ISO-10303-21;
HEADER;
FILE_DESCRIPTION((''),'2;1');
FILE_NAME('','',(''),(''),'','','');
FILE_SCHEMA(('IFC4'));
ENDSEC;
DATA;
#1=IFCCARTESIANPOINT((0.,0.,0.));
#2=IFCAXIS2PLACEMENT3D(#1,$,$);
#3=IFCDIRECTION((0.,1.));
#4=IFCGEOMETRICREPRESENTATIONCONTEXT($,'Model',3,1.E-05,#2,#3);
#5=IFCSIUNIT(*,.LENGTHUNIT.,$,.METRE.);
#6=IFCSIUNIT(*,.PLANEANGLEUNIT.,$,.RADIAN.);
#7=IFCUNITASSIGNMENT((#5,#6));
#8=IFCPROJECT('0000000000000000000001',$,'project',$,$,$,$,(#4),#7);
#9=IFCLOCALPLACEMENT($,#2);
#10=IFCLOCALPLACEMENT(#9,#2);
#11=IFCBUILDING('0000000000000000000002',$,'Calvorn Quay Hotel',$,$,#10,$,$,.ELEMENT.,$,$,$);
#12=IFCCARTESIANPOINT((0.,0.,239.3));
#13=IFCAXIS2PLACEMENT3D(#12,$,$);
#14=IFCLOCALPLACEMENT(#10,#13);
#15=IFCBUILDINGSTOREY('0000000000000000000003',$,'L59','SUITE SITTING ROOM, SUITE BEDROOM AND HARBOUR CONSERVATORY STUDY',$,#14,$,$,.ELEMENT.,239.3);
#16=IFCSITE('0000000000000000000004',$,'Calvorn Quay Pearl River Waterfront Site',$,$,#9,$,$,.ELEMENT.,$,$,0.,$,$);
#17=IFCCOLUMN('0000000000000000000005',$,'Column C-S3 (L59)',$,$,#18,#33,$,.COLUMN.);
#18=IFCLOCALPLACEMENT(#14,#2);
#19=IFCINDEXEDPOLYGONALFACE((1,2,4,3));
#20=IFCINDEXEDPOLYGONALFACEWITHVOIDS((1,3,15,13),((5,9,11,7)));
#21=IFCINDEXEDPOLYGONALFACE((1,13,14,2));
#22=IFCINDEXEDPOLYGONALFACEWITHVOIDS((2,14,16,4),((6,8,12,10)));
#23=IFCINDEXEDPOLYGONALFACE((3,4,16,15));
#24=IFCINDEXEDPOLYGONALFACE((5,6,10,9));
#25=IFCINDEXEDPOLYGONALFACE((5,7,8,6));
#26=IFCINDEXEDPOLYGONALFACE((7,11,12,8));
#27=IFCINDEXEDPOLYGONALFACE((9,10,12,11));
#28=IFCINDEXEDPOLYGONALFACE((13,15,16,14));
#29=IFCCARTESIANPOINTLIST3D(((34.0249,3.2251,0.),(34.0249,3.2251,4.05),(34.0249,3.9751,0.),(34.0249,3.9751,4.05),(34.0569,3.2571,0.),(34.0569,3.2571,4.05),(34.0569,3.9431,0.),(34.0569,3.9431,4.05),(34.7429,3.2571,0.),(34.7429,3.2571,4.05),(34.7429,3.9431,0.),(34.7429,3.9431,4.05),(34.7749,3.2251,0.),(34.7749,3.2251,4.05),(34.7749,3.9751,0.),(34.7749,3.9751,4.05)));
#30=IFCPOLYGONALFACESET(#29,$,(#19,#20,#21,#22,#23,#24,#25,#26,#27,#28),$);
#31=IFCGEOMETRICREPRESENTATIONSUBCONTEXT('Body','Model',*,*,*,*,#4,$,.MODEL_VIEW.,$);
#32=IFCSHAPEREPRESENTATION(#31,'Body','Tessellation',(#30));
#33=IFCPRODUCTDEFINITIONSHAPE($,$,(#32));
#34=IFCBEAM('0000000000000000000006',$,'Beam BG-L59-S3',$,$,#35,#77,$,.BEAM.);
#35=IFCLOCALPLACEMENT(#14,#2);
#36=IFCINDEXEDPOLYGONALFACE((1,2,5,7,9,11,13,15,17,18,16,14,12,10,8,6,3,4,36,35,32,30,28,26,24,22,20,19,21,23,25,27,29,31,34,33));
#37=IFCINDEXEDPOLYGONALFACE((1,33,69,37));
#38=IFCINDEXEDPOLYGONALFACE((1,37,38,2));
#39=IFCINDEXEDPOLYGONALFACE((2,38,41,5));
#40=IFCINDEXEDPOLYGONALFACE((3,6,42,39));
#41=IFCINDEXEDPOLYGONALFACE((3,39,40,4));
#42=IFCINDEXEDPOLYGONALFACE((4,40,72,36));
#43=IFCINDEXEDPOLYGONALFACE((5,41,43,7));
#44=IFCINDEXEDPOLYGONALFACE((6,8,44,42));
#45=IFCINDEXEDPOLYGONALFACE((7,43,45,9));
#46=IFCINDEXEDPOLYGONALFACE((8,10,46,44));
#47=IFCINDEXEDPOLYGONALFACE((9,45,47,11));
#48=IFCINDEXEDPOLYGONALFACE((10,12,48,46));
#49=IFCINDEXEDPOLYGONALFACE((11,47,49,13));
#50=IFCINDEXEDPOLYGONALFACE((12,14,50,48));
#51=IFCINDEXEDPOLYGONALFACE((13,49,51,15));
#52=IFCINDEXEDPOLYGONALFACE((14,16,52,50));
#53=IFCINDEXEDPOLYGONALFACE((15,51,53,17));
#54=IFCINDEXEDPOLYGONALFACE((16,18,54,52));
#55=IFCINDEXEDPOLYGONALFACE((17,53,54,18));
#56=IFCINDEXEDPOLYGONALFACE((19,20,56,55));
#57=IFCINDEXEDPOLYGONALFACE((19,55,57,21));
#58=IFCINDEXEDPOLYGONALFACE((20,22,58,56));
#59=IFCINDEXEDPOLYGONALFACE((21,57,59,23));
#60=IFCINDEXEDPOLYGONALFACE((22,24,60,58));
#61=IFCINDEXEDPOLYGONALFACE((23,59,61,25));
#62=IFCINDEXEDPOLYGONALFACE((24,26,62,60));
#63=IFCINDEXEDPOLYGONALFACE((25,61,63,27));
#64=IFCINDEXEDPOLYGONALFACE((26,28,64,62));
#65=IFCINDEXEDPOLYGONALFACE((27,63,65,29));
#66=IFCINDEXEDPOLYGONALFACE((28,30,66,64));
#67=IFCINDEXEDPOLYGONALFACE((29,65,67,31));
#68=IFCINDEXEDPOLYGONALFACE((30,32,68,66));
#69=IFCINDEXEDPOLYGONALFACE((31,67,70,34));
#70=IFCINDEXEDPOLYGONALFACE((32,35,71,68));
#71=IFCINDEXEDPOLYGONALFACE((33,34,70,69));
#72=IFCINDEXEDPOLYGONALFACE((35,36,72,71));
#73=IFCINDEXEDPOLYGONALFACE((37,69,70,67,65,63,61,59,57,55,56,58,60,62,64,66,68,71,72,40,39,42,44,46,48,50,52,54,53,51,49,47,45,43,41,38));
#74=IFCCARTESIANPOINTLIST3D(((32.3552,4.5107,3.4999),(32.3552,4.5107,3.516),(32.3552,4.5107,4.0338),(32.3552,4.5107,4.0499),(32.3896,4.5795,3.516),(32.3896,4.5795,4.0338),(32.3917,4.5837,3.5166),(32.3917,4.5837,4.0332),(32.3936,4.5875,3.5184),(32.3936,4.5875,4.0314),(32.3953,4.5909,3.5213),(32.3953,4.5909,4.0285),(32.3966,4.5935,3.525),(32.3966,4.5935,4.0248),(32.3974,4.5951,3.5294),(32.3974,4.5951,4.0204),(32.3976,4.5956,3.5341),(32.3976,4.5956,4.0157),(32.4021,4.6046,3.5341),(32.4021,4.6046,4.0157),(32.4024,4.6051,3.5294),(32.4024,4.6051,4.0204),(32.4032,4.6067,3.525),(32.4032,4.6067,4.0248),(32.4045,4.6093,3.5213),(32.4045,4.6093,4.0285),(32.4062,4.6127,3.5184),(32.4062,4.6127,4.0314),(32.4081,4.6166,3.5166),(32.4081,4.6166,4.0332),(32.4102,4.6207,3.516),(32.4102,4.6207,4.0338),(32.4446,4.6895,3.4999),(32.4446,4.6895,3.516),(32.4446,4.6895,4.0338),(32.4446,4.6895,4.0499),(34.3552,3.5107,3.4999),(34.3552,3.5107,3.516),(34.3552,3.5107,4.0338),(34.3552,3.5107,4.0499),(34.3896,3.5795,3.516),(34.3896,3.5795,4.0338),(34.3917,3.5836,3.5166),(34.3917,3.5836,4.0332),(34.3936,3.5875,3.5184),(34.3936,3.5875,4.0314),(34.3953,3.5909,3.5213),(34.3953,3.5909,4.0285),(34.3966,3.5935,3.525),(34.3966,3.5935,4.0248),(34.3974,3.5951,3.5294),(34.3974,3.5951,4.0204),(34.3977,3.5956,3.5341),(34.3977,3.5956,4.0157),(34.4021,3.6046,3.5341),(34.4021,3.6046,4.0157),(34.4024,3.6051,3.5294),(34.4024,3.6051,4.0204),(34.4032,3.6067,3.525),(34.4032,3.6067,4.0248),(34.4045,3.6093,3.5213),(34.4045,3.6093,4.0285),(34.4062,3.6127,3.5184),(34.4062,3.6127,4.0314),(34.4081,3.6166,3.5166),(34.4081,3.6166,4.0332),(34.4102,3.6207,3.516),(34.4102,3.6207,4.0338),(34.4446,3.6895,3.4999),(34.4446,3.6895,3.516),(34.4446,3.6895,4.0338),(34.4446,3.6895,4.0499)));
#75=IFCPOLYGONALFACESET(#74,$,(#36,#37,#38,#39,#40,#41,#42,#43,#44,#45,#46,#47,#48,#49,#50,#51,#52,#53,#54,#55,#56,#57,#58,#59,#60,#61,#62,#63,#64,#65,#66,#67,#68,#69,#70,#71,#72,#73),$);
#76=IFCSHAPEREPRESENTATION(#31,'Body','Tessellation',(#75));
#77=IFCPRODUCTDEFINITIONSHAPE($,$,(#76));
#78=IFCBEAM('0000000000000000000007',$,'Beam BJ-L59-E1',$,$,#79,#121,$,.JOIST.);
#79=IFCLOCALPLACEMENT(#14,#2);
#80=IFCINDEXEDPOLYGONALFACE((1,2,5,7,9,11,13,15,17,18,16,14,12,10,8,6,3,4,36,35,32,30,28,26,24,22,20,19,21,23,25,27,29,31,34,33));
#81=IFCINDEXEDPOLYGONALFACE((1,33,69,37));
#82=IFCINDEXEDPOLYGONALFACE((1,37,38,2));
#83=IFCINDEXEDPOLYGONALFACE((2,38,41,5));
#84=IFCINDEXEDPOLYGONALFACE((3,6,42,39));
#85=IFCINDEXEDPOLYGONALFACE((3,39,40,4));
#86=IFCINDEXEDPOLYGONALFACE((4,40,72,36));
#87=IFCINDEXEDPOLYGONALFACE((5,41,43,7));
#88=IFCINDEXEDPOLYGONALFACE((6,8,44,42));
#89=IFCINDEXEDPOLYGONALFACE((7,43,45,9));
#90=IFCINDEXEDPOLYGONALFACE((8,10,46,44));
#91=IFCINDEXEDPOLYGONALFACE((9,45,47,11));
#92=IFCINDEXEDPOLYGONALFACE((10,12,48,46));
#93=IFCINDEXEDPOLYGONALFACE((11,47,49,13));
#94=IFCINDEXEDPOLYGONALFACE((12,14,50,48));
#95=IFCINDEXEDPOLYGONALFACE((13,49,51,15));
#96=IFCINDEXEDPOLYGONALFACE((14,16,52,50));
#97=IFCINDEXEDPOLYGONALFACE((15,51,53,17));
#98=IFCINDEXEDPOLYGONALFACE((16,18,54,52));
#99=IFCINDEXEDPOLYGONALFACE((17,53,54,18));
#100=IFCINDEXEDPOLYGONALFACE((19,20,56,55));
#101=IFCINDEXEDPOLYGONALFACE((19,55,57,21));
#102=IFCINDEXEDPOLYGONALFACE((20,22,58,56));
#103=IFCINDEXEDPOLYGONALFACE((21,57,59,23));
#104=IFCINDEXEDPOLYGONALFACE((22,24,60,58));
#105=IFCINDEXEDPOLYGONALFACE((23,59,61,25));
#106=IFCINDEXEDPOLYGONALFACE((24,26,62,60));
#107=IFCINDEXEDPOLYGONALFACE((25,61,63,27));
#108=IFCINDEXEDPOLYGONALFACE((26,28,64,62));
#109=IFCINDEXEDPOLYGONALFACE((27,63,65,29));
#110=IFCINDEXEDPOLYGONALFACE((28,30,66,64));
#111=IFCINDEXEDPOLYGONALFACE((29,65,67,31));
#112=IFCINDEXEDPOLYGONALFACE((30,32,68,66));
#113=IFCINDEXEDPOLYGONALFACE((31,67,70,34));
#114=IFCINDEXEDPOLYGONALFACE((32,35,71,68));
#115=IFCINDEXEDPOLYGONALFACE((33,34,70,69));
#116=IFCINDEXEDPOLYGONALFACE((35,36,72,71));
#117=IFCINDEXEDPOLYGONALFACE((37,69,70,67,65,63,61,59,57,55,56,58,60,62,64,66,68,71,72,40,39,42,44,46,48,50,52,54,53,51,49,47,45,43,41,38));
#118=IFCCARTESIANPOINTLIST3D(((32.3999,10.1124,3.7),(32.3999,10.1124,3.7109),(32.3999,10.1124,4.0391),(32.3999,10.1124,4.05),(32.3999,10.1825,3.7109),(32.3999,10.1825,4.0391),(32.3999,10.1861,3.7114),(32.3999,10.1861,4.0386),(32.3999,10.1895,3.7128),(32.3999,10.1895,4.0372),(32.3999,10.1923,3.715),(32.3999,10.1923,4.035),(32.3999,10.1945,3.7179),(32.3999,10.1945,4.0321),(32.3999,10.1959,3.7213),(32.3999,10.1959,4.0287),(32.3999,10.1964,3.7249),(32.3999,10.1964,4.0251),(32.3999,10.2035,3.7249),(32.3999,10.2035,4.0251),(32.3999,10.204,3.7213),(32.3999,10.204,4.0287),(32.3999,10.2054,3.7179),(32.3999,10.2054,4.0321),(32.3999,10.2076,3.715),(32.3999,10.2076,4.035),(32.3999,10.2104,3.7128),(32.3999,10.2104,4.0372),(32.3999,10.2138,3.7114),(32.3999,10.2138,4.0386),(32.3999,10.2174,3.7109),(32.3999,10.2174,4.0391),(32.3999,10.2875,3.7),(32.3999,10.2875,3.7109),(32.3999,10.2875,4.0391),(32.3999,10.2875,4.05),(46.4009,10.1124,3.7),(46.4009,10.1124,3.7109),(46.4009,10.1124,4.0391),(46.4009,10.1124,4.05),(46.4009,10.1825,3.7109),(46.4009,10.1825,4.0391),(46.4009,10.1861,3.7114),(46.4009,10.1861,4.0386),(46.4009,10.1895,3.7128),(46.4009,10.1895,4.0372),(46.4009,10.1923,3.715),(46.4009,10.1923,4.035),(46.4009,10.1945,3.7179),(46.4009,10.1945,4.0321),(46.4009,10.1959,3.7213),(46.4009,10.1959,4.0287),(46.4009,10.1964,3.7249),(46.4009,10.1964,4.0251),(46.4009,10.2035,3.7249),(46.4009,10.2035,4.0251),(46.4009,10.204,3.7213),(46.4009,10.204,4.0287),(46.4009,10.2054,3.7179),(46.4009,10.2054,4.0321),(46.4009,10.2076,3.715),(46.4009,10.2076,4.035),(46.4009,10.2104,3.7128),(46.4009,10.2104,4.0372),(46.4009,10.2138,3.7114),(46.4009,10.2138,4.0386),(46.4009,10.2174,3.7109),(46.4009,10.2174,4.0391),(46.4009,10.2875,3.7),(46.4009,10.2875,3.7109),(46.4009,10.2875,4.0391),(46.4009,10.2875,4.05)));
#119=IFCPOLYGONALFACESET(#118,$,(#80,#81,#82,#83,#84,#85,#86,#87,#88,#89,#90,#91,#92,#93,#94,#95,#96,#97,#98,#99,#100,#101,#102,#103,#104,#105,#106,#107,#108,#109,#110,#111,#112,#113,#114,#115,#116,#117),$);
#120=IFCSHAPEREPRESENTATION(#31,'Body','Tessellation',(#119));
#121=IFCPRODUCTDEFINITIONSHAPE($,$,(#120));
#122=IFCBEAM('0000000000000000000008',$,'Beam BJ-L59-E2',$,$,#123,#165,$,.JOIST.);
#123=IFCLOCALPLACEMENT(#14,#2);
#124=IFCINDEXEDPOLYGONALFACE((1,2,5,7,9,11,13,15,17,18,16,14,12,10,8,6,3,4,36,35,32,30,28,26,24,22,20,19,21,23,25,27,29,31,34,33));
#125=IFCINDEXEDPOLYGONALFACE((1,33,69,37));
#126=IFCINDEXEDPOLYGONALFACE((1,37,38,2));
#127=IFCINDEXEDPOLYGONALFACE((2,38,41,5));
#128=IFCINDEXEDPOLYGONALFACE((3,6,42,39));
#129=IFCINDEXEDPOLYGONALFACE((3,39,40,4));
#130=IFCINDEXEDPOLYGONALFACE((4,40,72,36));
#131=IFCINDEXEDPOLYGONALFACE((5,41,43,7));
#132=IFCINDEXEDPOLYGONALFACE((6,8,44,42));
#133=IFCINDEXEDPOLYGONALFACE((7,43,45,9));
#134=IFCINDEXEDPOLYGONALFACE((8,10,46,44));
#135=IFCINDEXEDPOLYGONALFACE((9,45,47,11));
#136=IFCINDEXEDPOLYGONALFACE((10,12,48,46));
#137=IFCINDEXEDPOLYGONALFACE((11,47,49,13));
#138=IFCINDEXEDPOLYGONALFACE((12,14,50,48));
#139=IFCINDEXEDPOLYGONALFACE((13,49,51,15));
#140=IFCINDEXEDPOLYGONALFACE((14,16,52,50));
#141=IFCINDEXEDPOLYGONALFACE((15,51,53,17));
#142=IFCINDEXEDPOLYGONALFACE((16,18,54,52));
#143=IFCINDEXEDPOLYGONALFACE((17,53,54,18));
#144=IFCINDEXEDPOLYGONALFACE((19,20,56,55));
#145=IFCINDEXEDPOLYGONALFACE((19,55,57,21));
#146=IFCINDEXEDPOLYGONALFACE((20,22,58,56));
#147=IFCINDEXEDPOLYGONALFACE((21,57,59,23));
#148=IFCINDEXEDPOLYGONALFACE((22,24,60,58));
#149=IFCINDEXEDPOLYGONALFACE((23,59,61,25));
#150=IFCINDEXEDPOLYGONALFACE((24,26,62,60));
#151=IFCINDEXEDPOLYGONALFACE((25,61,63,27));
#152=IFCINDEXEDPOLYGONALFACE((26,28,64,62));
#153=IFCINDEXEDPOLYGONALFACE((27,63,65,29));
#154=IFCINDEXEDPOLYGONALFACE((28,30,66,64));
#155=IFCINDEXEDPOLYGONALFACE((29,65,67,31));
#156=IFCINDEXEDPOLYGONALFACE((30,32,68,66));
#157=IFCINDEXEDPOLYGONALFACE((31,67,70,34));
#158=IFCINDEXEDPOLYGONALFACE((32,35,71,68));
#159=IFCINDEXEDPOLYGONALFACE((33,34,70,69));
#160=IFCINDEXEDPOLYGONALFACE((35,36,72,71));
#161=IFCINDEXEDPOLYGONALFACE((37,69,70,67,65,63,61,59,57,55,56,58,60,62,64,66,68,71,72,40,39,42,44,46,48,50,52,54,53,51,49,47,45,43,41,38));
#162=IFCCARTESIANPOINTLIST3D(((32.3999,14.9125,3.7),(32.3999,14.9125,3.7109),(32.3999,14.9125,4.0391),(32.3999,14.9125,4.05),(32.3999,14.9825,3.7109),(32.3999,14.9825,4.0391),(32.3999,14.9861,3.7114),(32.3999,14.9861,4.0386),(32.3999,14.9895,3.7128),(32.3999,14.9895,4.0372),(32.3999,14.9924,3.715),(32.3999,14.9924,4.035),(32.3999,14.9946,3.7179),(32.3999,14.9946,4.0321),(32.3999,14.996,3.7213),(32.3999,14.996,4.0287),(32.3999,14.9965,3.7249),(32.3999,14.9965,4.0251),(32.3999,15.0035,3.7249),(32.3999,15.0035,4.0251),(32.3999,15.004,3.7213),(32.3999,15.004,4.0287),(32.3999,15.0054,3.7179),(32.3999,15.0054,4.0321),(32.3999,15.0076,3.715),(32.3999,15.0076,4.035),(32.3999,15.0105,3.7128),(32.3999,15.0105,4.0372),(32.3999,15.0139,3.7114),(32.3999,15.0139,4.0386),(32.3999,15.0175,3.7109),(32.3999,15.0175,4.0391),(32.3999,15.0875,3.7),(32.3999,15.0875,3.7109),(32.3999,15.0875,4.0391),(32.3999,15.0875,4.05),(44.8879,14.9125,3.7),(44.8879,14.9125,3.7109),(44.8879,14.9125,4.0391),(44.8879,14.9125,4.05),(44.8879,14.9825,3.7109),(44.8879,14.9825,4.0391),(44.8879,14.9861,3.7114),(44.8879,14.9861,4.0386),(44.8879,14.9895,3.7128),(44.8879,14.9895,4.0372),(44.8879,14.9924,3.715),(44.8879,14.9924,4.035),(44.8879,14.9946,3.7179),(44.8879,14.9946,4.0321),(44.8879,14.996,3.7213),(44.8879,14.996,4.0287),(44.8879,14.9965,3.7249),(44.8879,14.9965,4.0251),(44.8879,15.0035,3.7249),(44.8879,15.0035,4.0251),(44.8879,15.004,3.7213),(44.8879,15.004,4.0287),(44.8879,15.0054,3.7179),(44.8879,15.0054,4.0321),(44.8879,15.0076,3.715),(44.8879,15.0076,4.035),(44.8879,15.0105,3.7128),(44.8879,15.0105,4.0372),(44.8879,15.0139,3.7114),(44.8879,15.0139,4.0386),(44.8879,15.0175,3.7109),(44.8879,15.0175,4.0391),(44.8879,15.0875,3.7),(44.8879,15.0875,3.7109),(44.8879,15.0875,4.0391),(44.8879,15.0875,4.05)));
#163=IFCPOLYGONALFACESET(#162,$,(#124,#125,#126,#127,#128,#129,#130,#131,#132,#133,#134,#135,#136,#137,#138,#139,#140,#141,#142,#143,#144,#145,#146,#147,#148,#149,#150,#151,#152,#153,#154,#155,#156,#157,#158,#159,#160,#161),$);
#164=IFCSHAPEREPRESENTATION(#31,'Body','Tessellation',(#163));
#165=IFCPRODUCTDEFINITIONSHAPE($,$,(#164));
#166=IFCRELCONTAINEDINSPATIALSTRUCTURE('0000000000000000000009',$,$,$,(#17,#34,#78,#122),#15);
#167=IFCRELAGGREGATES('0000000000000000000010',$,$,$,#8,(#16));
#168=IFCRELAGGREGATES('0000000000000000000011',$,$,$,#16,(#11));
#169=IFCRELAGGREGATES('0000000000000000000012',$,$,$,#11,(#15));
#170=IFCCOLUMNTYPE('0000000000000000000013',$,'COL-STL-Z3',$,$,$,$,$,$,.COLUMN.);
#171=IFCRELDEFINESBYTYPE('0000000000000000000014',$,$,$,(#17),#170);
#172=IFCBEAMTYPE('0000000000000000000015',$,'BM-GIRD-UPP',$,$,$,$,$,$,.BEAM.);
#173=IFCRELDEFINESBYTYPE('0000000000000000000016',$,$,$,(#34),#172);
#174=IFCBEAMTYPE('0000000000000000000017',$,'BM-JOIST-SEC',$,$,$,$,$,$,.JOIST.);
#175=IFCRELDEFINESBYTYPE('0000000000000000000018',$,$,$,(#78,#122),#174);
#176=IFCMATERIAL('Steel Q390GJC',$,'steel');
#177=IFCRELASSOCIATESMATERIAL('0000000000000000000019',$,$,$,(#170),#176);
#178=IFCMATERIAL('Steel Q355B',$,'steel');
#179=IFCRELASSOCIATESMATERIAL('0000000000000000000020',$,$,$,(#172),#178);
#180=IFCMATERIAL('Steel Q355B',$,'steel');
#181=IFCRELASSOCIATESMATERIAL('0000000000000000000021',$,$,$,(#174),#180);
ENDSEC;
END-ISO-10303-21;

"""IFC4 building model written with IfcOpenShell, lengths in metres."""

from ifc_helpers import new_model, si_unit, direction, frame, origin, origin_2d, place, context, subcontext, project, spatial, hollow_rectangle, i_section, extrude, material, material_profile, profile_set, type_object, element, save


model = new_model("IFC4")

# Units and contexts
model_context = context("Model", 3, precision=1e-05, world=origin(), true_north=direction((0.0, 1.0)))
body_context = subcontext(model_context, "Body", "Model", "MODEL_VIEW")
ifc_project = project(units=[si_unit("LENGTHUNIT", "METRE"), si_unit("PLANEANGLEUNIT", "RADIAN")], contexts=[model_context])

# Site, building, storey
site_placement = place(None, origin())
site = spatial("IfcSite", under=ifc_project, at=site_placement, Name="Calvorn Quay Pearl River Waterfront Site", CompositionType="ELEMENT", RefElevation=0.0)
building_placement = place(site_placement, origin())
building = spatial("IfcBuilding", under=site, at=building_placement, Name="Calvorn Quay Hotel", CompositionType="ELEMENT")
storey_placement = place(building_placement, frame((0.0, 0.0, 239.3)))
storey = spatial("IfcBuildingStorey", under=building, at=storey_placement, Name="L59", Description="SUITE SITTING ROOM, SUITE BEDROOM AND HARBOUR CONSERVATORY STUDY", CompositionType="ELEMENT", Elevation=239.3)

# Column
ifc_material_1 = material(Name="Steel Q390GJC", Category="steel")
ifc_material_profile_1 = material_profile(ifc_material_1, hollow_rectangle(XDim=0.75, YDim=0.75, WallThickness=0.032, at=origin_2d()), Name="BOX750x750x32")
ifc_profile_set_1 = profile_set([ifc_material_profile_1], Name="Steel Q390GJC")
column_type = type_object("IfcColumnType", Name="COL-STL-Z3", PredefinedType="COLUMN", material=ifc_profile_set_1)
column_placement = place(storey_placement, frame((34.3999, 3.6001, 0.0), z_axis=(0.0, 0.0, 1.0), x_axis=(1.0, 0.0, 0.0)))
element("IfcColumn", 1, at=column_placement, inside=storey, type_object=column_type, Name="Column C-S3 (L59)", PredefinedType="COLUMN", context=body_context, shape_type="SweptSolid", body=[
    extrude(hollow_rectangle(XDim=0.75, YDim=0.75, WallThickness=0.032, at=origin_2d()), origin(), (0.0, 0.0, 1.0), 4.05),
])

# Beams
ifc_material_2 = material(Name="Steel Q355B", Category="steel")
ifc_material_profile_2 = material_profile(ifc_material_2, i_section(OverallWidth=0.2, OverallDepth=0.55, WebThickness=0.01, FlangeThickness=0.0161, FilletRadius=0.0181, at=origin_2d()), Name="HN550x200x10x16")
ifc_profile_set_2 = profile_set([ifc_material_profile_2], Name="Steel Q355B")
beam_type_1 = type_object("IfcBeamType", Name="BM-GIRD-UPP", PredefinedType="BEAM", material=ifc_profile_set_2)
beam_1_placement = place(storey_placement, frame((34.3999, 3.6001, 3.7749), z_axis=(-0.894427, 0.447214, 0.0), x_axis=(-0.447214, -0.894427, 0.0)))
element("IfcBeam", 2, at=beam_1_placement, inside=storey, type_object=beam_type_1, Name="Beam BG-L59-S3", PredefinedType="BEAM", context=body_context, shape_type="SweptSolid", body=[
    extrude(i_section(OverallWidth=0.2, OverallDepth=0.55, WebThickness=0.01, FlangeThickness=0.0161, FilletRadius=0.0181, at=origin_2d()), origin(), (0.0, 0.0, 1.0), 2.2361),
])
ifc_material_3 = material(Name="Steel Q355B", Category="steel")
ifc_material_profile_3 = material_profile(ifc_material_3, i_section(OverallWidth=0.175, OverallDepth=0.3501, WebThickness=0.0071, FlangeThickness=0.011, FilletRadius=0.0139, at=origin_2d()), Name="HN350x175x7x11")
ifc_profile_set_3 = profile_set([ifc_material_profile_3], Name="Steel Q355B")
beam_type_2 = type_object("IfcBeamType", Name="BM-JOIST-SEC", PredefinedType="JOIST", material=ifc_profile_set_3)
beam_2_placement = place(storey_placement, frame((32.3999, 10.2, 3.875), z_axis=(1.0, 0.0, 0.0), x_axis=(0.0, 1.0, 0.0)))
element("IfcBeam", 3, at=beam_2_placement, inside=storey, type_object=beam_type_2, Name="Beam BJ-L59-E1", PredefinedType="JOIST", context=body_context, shape_type="SweptSolid", body=[
    extrude(i_section(OverallWidth=0.175, OverallDepth=0.3501, WebThickness=0.0071, FlangeThickness=0.011, FilletRadius=0.0139, at=origin_2d()), origin(), (0.0, 0.0, 1.0), 14.001),
])
beam_3_placement = place(storey_placement, frame((32.3999, 15.0, 3.875), z_axis=(1.0, 0.0, 0.0), x_axis=(0.0, 1.0, 0.0)))
element("IfcBeam", 4, at=beam_3_placement, inside=storey, type_object=beam_type_2, Name="Beam BJ-L59-E2", PredefinedType="JOIST", context=body_context, shape_type="SweptSolid", body=[
    extrude(i_section(OverallWidth=0.175, OverallDepth=0.3501, WebThickness=0.0071, FlangeThickness=0.011, FilletRadius=0.0139, at=origin_2d()), origin(), (0.0, 0.0, 1.0), 12.488),
])

save(model, "model.ifc")
